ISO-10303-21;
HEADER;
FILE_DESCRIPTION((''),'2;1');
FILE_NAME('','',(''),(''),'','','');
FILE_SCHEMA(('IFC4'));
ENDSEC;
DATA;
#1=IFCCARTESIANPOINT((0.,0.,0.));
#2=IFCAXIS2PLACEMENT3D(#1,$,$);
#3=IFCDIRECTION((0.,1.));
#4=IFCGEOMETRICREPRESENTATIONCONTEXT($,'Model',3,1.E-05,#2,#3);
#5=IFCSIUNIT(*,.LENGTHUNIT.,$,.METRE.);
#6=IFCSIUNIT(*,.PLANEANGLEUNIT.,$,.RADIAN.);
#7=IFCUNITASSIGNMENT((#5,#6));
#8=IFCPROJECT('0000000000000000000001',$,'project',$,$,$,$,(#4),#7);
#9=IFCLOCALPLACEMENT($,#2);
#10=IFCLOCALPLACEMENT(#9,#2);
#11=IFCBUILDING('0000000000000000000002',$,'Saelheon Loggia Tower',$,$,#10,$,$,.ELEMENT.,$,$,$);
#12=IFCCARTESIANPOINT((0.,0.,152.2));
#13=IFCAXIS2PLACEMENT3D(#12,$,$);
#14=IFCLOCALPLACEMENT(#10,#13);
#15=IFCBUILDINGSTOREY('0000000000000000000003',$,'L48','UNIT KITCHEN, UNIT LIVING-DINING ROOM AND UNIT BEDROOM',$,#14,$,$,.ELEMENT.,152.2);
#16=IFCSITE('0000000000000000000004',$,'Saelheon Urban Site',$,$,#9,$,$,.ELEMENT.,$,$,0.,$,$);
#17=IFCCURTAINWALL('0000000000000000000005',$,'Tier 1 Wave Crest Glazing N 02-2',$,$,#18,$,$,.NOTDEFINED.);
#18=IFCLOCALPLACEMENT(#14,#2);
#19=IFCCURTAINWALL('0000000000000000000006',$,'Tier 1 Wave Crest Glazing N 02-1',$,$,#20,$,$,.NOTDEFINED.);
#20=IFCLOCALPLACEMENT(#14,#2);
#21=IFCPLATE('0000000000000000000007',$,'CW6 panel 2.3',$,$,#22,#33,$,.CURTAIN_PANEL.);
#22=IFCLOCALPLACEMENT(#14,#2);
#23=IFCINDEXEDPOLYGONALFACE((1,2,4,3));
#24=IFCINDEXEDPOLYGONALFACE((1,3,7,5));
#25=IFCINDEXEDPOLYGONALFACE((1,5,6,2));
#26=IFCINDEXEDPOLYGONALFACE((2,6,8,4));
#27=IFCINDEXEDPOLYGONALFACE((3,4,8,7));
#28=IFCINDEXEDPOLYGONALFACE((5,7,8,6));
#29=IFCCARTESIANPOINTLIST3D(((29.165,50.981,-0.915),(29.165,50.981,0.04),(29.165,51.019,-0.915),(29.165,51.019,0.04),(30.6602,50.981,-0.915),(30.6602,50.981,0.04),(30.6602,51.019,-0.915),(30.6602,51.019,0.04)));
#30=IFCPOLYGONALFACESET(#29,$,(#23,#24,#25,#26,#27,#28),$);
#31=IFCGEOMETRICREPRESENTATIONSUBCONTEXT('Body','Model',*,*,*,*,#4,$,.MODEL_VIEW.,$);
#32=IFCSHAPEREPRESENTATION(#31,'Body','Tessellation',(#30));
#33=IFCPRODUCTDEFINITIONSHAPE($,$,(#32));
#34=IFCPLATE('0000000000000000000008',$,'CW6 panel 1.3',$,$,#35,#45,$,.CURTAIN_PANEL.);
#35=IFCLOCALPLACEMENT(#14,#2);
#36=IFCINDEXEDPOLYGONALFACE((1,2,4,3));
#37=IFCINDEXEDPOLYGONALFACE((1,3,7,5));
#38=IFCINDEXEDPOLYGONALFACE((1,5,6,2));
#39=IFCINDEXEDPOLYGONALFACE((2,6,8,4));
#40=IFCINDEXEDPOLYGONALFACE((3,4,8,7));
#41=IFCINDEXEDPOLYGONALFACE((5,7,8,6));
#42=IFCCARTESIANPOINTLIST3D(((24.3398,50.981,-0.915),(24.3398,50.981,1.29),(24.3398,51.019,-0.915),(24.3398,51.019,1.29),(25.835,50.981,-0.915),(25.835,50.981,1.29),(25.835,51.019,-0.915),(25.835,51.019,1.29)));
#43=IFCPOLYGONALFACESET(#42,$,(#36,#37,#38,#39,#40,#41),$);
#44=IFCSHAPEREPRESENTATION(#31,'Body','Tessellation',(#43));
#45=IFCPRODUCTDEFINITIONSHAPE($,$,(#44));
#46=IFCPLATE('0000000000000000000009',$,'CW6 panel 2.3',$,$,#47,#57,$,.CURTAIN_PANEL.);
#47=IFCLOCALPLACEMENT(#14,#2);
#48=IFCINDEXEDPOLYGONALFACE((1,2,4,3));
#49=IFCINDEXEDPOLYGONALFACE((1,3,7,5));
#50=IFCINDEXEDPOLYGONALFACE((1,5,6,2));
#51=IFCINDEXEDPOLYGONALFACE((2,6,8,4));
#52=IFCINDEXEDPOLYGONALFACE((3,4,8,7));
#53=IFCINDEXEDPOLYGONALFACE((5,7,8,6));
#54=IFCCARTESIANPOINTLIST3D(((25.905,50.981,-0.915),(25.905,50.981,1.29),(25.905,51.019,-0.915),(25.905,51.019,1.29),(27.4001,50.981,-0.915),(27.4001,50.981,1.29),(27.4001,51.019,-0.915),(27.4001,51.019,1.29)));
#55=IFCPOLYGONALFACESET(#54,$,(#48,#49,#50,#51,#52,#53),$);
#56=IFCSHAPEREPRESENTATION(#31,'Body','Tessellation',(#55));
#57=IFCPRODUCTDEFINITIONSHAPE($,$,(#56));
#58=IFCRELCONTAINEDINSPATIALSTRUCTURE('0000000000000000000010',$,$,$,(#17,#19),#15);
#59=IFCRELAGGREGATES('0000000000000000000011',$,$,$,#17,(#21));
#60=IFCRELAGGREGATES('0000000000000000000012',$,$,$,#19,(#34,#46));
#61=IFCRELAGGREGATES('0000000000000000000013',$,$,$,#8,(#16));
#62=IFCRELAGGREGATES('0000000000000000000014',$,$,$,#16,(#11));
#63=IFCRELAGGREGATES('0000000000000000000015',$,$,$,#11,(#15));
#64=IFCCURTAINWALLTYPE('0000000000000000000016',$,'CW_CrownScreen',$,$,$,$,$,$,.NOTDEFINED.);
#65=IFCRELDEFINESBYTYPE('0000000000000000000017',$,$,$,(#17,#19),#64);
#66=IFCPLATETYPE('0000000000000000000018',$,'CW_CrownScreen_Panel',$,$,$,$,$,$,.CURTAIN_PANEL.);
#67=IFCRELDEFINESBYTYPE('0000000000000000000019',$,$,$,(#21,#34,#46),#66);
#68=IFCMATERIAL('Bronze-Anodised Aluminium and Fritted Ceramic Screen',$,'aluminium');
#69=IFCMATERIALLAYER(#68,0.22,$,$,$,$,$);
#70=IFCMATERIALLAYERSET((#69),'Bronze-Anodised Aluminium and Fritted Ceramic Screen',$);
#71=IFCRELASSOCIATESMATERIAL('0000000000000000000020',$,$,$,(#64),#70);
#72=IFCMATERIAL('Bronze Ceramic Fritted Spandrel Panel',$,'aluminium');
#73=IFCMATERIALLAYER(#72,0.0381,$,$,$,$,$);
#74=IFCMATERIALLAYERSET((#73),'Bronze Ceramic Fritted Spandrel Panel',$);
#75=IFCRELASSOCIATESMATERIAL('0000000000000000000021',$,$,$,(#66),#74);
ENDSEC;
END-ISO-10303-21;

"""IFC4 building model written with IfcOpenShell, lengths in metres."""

from ifc_helpers import new_model, si_unit, direction, frame, origin, origin_2d, place, context, subcontext, project, spatial, rectangle, extrude, source, transform, mapped, material, layer, layer_set, type_object, element, aggregate, save


model = new_model("IFC4")

# Units and contexts
model_context = context("Model", 3, precision=1e-05, world=origin(), true_north=direction((0.0, 1.0)))
body_context = subcontext(model_context, "Body", "Model", "MODEL_VIEW")
ifc_project = project(units=[si_unit("LENGTHUNIT", "METRE"), si_unit("PLANEANGLEUNIT", "RADIAN")], contexts=[model_context])

# Site, building, storey
site_placement = place(None, origin())
site = spatial("IfcSite", under=ifc_project, at=site_placement, Name="Saelheon Urban Site", CompositionType="ELEMENT", RefElevation=0.0)
building_placement = place(site_placement, origin())
building = spatial("IfcBuilding", under=site, at=building_placement, Name="Saelheon Loggia Tower", CompositionType="ELEMENT")
storey_placement = place(building_placement, frame((0.0, 0.0, 152.2)))
storey = spatial("IfcBuildingStorey", under=building, at=storey_placement, Name="L48", Description="UNIT KITCHEN, UNIT LIVING-DINING ROOM AND UNIT BEDROOM", CompositionType="ELEMENT", Elevation=152.2)

# Curtain walls
ifc_material_1 = material(Name="Bronze-Anodised Aluminium and Fritted Ceramic Screen", Category="aluminium")
ifc_layer_1 = layer(ifc_material_1, 0.22)
ifc_layer_set_1 = layer_set([ifc_layer_1], Name="Bronze-Anodised Aluminium and Fritted Ceramic Screen")
curtain_wall_type = type_object("IfcCurtainWallType", Name="CW_CrownScreen", PredefinedType="NOTDEFINED", material=ifc_layer_set_1)
curtain_wall_1_placement = place(storey_placement, origin())
curtain_wall_1 = element("IfcCurtainWall", 1, at=curtain_wall_1_placement, inside=storey, type_object=curtain_wall_type, Name="Tier 1 Wave Crest Glazing N 02-2", PredefinedType="NOTDEFINED")
curtain_wall_2_placement = place(storey_placement, origin())
curtain_wall_2 = element("IfcCurtainWall", 2, at=curtain_wall_2_placement, inside=storey, type_object=curtain_wall_type, Name="Tier 1 Wave Crest Glazing N 02-1", PredefinedType="NOTDEFINED")

# Plates
ifc_material_2 = material(Name="Bronze Ceramic Fritted Spandrel Panel", Category="aluminium")
ifc_layer_2 = layer(ifc_material_2, 0.0381)
ifc_layer_set_2 = layer_set([ifc_layer_2], Name="Bronze Ceramic Fritted Spandrel Panel")
plate_type = type_object("IfcPlateType", Name="CW_CrownScreen_Panel", PredefinedType="CURTAIN_PANEL", material=ifc_layer_set_2)
shared_shape_1 = source(origin(), body_context, "Body", "SweptSolid", [
    extrude(rectangle(XDim=1.4951, YDim=0.0381, at=origin_2d()), origin(), (0.0, 0.0, 1.0), 0.9551),
])
plate_1_placement = place(storey_placement, frame((29.9126, 51.0, -0.915), z_axis=(0.0, 0.0, 1.0), x_axis=(1.0, 0.0, 0.0)))
plate_1 = element("IfcPlate", 3, at=plate_1_placement, type_object=plate_type, Name="CW6 panel 2.3", PredefinedType="CURTAIN_PANEL", context=body_context, shape_type="MappedRepresentation", body=[
    mapped(shared_shape_1, transform((0.0, 0.0, 0.0), scale=1.0)),
])
aggregate(curtain_wall_1, [plate_1])
shared_shape_2 = source(origin(), body_context, "Body", "SweptSolid", [
    extrude(rectangle(XDim=1.4951, YDim=0.0381, at=origin_2d()), origin(), (0.0, 0.0, 1.0), 2.2051),
])
plate_2_placement = place(storey_placement, frame((25.0874, 51.0, -0.915), z_axis=(0.0, 0.0, 1.0), x_axis=(1.0, 0.0, 0.0)))
plate_2 = element("IfcPlate", 4, at=plate_2_placement, type_object=plate_type, Name="CW6 panel 1.3", PredefinedType="CURTAIN_PANEL", context=body_context, shape_type="MappedRepresentation", body=[
    mapped(shared_shape_2, transform((0.0, 0.0, 0.0), scale=1.0)),
])
plate_3_placement = place(storey_placement, frame((26.6526, 51.0, -0.915), z_axis=(0.0, 0.0, 1.0), x_axis=(1.0, 0.0, 0.0)))
plate_3 = element("IfcPlate", 5, at=plate_3_placement, type_object=plate_type, Name="CW6 panel 2.3", PredefinedType="CURTAIN_PANEL", context=body_context, shape_type="MappedRepresentation", body=[
    mapped(shared_shape_2, transform((0.0, 0.0, 0.0), scale=1.0)),
])
aggregate(curtain_wall_2, [plate_2, plate_3])

save(model, "model.ifc")
